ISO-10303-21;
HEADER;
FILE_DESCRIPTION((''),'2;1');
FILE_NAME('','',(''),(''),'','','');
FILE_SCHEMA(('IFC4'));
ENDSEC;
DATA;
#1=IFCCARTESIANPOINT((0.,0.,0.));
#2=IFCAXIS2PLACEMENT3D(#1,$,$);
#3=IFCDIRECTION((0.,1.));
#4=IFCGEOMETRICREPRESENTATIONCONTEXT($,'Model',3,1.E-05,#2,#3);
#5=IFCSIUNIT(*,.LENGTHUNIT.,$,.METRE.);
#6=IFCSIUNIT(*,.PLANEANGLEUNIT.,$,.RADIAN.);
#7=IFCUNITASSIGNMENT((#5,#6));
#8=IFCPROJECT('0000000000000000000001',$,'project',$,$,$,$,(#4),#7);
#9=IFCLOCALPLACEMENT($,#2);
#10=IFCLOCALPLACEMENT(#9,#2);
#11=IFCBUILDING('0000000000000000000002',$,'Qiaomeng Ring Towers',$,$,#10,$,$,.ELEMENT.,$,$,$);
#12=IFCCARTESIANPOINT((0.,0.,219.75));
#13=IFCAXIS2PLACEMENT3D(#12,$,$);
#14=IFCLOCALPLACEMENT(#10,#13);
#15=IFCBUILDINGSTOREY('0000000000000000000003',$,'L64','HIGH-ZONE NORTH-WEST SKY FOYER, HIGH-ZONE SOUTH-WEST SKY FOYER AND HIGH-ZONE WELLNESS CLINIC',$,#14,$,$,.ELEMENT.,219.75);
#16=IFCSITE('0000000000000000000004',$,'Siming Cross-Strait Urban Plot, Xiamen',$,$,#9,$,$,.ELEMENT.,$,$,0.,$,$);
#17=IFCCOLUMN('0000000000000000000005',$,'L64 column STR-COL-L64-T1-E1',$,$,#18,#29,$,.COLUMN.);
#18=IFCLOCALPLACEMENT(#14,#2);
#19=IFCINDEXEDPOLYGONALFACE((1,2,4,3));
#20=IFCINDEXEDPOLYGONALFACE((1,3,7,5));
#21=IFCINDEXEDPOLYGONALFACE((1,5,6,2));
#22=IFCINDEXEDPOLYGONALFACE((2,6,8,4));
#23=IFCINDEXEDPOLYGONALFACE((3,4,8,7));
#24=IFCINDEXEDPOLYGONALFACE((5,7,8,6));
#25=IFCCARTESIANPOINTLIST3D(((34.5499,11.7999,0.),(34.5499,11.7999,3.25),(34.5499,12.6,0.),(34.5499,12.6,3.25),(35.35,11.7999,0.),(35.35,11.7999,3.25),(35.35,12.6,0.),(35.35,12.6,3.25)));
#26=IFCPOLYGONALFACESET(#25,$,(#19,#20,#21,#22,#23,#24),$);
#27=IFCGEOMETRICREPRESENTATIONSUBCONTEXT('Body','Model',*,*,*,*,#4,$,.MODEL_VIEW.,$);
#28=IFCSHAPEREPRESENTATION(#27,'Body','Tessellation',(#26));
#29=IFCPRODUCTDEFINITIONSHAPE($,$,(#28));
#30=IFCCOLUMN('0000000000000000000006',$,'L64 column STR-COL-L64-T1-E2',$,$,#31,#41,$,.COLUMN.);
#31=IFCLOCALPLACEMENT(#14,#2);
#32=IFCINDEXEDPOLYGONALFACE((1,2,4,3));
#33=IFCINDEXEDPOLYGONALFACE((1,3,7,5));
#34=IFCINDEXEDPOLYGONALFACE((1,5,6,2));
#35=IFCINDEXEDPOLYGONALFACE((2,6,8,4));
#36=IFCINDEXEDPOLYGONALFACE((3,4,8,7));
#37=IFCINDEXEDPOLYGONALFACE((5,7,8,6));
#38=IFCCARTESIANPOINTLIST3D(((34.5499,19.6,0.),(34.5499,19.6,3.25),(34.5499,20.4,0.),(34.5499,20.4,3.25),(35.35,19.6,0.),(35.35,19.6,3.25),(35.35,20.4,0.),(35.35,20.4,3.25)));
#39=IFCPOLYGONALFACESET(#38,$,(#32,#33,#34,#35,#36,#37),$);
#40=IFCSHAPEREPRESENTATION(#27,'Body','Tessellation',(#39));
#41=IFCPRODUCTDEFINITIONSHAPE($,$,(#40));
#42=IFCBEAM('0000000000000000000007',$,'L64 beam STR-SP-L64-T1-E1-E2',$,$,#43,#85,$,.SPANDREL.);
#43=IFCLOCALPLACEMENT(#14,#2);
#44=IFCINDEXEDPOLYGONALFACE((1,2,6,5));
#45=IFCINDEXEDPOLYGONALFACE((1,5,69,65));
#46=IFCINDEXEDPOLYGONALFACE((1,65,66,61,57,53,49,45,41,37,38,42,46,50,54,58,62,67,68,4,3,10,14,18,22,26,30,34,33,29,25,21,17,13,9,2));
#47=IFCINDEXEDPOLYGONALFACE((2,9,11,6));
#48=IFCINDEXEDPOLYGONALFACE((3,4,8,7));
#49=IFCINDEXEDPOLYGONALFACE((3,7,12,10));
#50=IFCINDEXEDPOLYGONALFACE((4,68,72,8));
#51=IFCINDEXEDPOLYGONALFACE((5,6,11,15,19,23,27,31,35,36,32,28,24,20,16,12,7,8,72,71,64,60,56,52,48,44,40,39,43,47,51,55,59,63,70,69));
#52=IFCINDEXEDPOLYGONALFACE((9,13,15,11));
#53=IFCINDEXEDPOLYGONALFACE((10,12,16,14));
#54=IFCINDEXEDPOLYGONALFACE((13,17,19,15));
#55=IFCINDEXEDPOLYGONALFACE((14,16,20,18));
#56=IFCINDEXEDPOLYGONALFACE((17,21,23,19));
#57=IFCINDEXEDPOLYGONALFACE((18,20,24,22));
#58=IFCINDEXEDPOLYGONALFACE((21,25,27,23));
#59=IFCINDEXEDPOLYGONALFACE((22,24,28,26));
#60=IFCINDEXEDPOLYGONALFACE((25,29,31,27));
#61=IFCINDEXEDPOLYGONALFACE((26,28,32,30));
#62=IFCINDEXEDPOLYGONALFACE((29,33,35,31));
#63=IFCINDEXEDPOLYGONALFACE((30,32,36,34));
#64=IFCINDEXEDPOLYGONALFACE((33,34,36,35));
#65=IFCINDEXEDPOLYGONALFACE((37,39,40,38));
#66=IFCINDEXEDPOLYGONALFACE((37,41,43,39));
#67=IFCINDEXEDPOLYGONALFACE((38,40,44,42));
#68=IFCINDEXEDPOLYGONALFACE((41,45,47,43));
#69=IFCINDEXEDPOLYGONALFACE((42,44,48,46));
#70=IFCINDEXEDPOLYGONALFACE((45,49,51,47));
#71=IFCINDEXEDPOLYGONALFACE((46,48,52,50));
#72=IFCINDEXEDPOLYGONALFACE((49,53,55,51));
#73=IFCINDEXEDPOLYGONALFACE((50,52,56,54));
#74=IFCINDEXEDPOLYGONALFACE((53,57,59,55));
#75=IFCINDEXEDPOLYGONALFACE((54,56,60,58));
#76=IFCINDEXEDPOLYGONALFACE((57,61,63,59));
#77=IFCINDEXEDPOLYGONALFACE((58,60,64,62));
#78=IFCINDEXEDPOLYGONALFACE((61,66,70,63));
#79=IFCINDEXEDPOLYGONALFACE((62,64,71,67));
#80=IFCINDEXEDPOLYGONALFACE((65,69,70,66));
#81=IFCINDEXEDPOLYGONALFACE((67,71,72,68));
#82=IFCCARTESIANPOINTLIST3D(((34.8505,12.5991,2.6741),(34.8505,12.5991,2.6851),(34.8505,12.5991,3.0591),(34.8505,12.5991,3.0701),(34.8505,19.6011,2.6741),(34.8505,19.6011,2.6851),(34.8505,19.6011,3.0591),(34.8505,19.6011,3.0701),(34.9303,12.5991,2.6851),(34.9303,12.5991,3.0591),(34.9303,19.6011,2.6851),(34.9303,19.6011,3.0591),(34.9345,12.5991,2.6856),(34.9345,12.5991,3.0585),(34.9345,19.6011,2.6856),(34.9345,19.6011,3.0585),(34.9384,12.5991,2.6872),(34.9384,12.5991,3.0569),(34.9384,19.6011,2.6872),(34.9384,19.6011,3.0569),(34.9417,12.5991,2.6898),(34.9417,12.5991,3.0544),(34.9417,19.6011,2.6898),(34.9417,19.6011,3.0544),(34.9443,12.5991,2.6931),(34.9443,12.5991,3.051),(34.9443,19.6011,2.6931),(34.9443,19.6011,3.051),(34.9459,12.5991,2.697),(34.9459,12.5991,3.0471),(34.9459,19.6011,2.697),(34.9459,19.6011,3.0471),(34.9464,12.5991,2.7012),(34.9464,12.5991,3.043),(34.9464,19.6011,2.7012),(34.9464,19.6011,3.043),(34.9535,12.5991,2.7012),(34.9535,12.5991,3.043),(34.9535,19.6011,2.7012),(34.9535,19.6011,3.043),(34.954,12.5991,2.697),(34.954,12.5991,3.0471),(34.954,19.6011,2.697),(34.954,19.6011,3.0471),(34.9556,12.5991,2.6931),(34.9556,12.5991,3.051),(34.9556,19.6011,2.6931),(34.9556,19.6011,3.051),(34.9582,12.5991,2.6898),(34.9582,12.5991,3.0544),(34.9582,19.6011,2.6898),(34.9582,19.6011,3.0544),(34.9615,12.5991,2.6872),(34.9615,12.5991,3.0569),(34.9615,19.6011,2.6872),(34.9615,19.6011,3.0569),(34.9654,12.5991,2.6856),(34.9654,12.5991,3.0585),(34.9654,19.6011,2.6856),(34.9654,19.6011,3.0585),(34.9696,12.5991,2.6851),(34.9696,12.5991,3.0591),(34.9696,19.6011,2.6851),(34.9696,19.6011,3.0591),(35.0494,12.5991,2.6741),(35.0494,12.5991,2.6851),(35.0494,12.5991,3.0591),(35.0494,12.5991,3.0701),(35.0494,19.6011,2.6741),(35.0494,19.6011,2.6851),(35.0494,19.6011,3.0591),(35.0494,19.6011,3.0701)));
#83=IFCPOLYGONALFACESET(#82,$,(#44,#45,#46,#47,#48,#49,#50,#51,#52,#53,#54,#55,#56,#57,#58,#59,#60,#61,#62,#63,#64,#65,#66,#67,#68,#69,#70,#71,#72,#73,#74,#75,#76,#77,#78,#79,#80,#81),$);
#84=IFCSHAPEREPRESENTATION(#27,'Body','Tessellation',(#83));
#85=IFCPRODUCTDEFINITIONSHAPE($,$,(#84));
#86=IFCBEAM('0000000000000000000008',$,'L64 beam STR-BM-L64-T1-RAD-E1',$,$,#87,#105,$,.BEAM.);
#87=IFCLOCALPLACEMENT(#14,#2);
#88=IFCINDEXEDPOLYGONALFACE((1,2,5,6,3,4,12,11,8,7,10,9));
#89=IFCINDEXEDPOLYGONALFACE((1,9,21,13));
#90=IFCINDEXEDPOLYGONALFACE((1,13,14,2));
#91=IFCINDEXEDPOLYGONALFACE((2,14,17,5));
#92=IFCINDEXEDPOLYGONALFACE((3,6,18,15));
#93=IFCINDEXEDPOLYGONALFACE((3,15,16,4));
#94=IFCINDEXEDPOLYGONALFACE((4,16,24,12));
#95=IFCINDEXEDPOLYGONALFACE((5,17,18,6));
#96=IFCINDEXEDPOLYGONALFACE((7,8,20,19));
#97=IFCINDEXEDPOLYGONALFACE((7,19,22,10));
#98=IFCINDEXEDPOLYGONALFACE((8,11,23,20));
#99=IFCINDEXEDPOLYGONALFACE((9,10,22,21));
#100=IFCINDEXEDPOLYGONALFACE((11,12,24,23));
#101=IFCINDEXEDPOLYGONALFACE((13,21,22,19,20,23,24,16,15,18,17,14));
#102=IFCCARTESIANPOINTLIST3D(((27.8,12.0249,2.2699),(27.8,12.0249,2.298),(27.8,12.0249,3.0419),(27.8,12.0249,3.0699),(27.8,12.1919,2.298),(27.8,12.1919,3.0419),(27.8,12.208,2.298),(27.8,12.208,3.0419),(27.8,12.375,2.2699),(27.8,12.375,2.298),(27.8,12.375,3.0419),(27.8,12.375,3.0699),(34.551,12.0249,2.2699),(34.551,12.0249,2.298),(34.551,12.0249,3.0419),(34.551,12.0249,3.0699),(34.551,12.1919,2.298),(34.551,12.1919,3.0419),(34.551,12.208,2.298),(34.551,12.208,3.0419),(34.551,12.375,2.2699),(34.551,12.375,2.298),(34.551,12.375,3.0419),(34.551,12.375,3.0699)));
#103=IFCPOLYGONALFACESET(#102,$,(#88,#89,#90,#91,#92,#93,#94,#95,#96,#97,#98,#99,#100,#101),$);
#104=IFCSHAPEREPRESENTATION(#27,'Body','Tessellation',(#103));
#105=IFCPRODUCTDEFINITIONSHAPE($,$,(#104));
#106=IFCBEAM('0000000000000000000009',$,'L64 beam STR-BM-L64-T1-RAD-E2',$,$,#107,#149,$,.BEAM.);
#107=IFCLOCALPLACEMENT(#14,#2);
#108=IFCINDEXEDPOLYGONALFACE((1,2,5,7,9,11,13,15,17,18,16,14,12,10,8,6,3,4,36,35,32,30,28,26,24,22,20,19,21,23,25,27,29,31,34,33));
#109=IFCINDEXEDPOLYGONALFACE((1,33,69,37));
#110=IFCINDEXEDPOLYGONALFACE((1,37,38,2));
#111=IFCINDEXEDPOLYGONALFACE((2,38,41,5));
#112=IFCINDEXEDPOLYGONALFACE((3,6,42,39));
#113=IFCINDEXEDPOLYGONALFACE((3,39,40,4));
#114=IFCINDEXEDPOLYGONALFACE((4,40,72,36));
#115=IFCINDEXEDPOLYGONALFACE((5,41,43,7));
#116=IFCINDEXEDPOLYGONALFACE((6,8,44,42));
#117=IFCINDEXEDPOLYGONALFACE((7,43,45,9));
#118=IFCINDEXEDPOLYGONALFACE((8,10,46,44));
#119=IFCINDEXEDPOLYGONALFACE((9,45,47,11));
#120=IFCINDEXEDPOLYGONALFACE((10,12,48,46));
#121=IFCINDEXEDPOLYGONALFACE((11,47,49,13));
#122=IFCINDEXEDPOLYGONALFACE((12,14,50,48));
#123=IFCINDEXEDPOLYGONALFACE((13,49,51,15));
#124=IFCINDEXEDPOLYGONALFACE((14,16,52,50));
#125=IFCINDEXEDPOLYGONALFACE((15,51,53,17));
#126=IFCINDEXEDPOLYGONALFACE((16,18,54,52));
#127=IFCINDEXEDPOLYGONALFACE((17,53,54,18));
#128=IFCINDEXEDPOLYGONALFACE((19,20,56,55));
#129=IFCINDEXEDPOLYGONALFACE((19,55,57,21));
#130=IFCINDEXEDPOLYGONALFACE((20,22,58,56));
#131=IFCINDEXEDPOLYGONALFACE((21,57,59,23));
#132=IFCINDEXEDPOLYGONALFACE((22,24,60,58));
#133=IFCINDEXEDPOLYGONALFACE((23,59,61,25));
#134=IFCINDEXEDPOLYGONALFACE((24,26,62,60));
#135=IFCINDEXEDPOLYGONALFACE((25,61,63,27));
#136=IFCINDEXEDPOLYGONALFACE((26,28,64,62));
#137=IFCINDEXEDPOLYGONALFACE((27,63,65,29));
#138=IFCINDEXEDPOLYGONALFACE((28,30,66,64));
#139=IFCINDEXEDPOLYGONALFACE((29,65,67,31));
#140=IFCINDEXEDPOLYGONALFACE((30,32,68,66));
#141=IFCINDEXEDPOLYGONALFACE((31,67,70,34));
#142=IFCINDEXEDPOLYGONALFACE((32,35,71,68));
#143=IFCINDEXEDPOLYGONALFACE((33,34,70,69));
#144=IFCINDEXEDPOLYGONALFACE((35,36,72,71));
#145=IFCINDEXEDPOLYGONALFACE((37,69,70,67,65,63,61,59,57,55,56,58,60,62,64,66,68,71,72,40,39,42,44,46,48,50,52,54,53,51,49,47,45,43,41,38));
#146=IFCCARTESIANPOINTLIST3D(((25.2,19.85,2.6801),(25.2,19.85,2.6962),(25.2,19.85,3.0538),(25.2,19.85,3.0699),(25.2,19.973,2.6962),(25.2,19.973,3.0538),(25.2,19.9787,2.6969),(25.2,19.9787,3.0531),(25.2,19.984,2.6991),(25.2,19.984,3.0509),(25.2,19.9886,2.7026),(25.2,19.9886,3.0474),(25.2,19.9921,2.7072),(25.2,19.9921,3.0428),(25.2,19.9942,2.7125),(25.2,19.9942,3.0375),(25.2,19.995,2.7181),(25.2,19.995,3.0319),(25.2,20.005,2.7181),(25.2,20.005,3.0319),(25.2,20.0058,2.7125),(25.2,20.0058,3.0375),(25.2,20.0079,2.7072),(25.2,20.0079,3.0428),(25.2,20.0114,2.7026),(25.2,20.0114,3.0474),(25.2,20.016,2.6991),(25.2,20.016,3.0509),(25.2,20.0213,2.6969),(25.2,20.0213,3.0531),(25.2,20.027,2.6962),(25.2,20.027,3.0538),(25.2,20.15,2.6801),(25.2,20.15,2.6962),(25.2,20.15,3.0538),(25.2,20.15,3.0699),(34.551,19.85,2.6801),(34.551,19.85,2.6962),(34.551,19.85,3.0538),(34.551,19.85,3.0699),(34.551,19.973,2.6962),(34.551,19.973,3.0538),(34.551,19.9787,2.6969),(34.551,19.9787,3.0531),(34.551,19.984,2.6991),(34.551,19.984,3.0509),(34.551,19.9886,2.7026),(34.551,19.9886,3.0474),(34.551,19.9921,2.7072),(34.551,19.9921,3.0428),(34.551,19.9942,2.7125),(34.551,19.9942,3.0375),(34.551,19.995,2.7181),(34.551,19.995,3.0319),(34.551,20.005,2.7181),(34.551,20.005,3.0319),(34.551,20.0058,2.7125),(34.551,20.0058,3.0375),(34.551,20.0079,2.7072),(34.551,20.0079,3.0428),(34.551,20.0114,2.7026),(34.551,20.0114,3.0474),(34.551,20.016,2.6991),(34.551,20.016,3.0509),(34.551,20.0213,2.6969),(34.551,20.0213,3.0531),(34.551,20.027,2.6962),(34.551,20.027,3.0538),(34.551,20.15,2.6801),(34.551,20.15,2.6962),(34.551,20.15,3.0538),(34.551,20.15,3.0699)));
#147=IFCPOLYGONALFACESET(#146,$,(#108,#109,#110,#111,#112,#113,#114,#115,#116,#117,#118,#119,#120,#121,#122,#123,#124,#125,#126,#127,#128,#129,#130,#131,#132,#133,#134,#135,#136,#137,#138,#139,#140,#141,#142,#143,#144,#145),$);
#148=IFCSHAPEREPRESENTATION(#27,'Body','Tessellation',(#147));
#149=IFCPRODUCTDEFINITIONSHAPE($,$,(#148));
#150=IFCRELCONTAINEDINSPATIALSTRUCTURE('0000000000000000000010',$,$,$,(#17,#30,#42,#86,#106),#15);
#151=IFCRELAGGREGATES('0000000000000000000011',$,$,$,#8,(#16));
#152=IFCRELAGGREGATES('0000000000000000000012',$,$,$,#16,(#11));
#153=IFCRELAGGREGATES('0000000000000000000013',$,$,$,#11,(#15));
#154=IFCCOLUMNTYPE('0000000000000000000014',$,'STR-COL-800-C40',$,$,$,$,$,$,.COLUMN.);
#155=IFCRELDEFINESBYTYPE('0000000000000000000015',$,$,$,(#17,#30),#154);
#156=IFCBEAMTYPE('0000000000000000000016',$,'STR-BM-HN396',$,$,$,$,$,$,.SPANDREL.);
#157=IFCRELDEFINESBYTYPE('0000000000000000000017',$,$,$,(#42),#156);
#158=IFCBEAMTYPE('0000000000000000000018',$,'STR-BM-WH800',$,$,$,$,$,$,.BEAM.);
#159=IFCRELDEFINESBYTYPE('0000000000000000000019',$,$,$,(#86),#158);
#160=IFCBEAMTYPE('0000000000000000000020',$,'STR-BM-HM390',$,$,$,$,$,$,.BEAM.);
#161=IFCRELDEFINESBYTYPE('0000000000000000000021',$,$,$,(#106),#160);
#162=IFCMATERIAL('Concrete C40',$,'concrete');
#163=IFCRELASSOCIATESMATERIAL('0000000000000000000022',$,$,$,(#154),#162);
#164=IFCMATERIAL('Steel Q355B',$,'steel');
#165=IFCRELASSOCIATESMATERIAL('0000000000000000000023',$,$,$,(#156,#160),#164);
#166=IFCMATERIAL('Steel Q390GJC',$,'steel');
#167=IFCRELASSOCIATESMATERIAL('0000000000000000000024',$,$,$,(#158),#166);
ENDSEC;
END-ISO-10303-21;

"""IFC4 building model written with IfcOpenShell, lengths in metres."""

from ifc_helpers import new_model, si_unit, direction, frame, origin, origin_2d, place, context, subcontext, project, spatial, rectangle, i_section, extrude, source, transform, mapped, material, material_profile, profile_set, type_object, element, save


model = new_model("IFC4")

# Units and contexts
model_context = context("Model", 3, precision=1e-05, world=origin(), true_north=direction((0.0, 1.0)))
body_context = subcontext(model_context, "Body", "Model", "MODEL_VIEW")
ifc_project = project(units=[si_unit("LENGTHUNIT", "METRE"), si_unit("PLANEANGLEUNIT", "RADIAN")], contexts=[model_context])

# Site, building, storey
site_placement = place(None, origin())
site = spatial("IfcSite", under=ifc_project, at=site_placement, Name="Siming Cross-Strait Urban Plot, Xiamen", CompositionType="ELEMENT", RefElevation=0.0)
building_placement = place(site_placement, origin())
building = spatial("IfcBuilding", under=site, at=building_placement, Name="Qiaomeng Ring Towers", CompositionType="ELEMENT")
storey_placement = place(building_placement, frame((0.0, 0.0, 219.75)))
storey = spatial("IfcBuildingStorey", under=building, at=storey_placement, Name="L64", Description="HIGH-ZONE NORTH-WEST SKY FOYER, HIGH-ZONE SOUTH-WEST SKY FOYER AND HIGH-ZONE WELLNESS CLINIC", CompositionType="ELEMENT", Elevation=219.75)

# Columns
ifc_material_1 = material(Name="Concrete C40", Category="concrete")
ifc_material_profile_1 = material_profile(ifc_material_1, rectangle(XDim=0.8, YDim=0.8, at=origin_2d()), Name="RC COL 800x800")
ifc_profile_set_1 = profile_set([ifc_material_profile_1], Name="Concrete C40")
column_type = type_object("IfcColumnType", Name="STR-COL-800-C40", PredefinedType="COLUMN", material=ifc_profile_set_1)
shared_shape_1 = source(origin(), body_context, "Body", "SweptSolid", [
    extrude(rectangle(XDim=0.8, YDim=0.8, at=origin_2d()), origin(), (0.0, 0.0, 1.0), 3.25),
])
for number, where, z_axis, x_axis, name in (
    (1, (34.95, 12.2, 0.0), (0.0, 0.0, 1.0), (1.0, 0.0, 0.0), "L64 column STR-COL-L64-T1-E1"),
    (2, (34.95, 20.0, 0.0), (0.0, 0.0, 1.0), (1.0, 0.0, 0.0), "L64 column STR-COL-L64-T1-E2"),
):
    element("IfcColumn", number, at=place(storey_placement, frame(where, z_axis=z_axis, x_axis=x_axis)), inside=storey, type_object=column_type, Name=name, PredefinedType="COLUMN", context=body_context, shape_type="MappedRepresentation", body=[
        mapped(shared_shape_1, transform((0.0, 0.0, 0.0), x_axis=(1.0, 0.0, 0.0), y_axis=(0.0, 1.0, 0.0), z_axis=(0.0, 0.0, 1.0), scale=1.0)),
    ])

# Beams
ifc_material_2 = material(Name="Steel Q355B", Category="steel")
ifc_material_profile_2 = material_profile(ifc_material_2, i_section(OverallWidth=0.199, OverallDepth=0.396, WebThickness=0.0071, FlangeThickness=0.011, FilletRadius=0.0161, at=origin_2d()), Name="HN 396x199x7x11")
ifc_profile_set_2 = profile_set([ifc_material_profile_2], Name="Steel Q355B")
beam_type_1 = type_object("IfcBeamType", Name="STR-BM-HN396", PredefinedType="SPANDREL", material=ifc_profile_set_2)
shared_shape_2 = source(origin(), body_context, "Body", "SweptSolid", [
    extrude(i_section(OverallWidth=0.199, OverallDepth=0.396, WebThickness=0.0071, FlangeThickness=0.011, FilletRadius=0.0161, at=origin_2d()), origin(), (0.0, 0.0, 1.0), 7.002),
])
beam_1_placement = place(storey_placement, frame((34.95, 12.5991, 2.8721), z_axis=(0.0, 1.0, 0.0), x_axis=(-1.0, 0.0, 0.0)))
element("IfcBeam", 3, at=beam_1_placement, inside=storey, type_object=beam_type_1, Name="L64 beam STR-SP-L64-T1-E1-E2", PredefinedType="SPANDREL", context=body_context, shape_type="MappedRepresentation", body=[
    mapped(shared_shape_2, transform((0.0, 0.0, 0.0), x_axis=(1.0, 0.0, 0.0), y_axis=(0.0, 1.0, 0.0), z_axis=(0.0, 0.0, 1.0), scale=1.0)),
])
ifc_material_3 = material(Name="Steel Q390GJC", Category="steel")
ifc_material_profile_3 = material_profile(ifc_material_3, i_section(OverallWidth=0.3501, OverallDepth=0.8, WebThickness=0.0161, FlangeThickness=0.0281, at=origin_2d()), Name="WH 800x350x16x28")
ifc_profile_set_3 = profile_set([ifc_material_profile_3], Name="Steel Q390GJC")
beam_type_2 = type_object("IfcBeamType", Name="STR-BM-WH800", PredefinedType="BEAM", material=ifc_profile_set_3)
shared_shape_3 = source(origin(), body_context, "Body", "SweptSolid", [
    extrude(i_section(OverallWidth=0.3501, OverallDepth=0.8, WebThickness=0.0161, FlangeThickness=0.0281, at=origin_2d()), origin(), (0.0, 0.0, 1.0), 6.751),
])
beam_2_placement = place(storey_placement, frame((27.8, 12.2, 2.6699), z_axis=(1.0, 0.0, 0.0), x_axis=(0.0, 1.0, 0.0)))
element("IfcBeam", 4, at=beam_2_placement, inside=storey, type_object=beam_type_2, Name="L64 beam STR-BM-L64-T1-RAD-E1", PredefinedType="BEAM", context=body_context, shape_type="MappedRepresentation", body=[
    mapped(shared_shape_3, transform((0.0, 0.0, 0.0), x_axis=(1.0, 0.0, 0.0), y_axis=(0.0, 1.0, 0.0), z_axis=(0.0, 0.0, 1.0), scale=1.0)),
])
ifc_material_profile_4 = material_profile(ifc_material_2, i_section(OverallWidth=0.3, OverallDepth=0.3899, WebThickness=0.01, FlangeThickness=0.0161, FilletRadius=0.022, at=origin_2d()), Name="HM 390x300x10x16")
ifc_profile_set_4 = profile_set([ifc_material_profile_4], Name="Steel Q355B")
beam_type_3 = type_object("IfcBeamType", Name="STR-BM-HM390", PredefinedType="BEAM", material=ifc_profile_set_4)
shared_shape_4 = source(origin(), body_context, "Body", "SweptSolid", [
    extrude(i_section(OverallWidth=0.3, OverallDepth=0.3899, WebThickness=0.01, FlangeThickness=0.0161, FilletRadius=0.022, at=origin_2d()), origin(), (0.0, 0.0, 1.0), 9.3511),
])
beam_3_placement = place(storey_placement, frame((25.2, 20.0, 2.875), z_axis=(1.0, 0.0, 0.0), x_axis=(0.0, 1.0, 0.0)))
element("IfcBeam", 5, at=beam_3_placement, inside=storey, type_object=beam_type_3, Name="L64 beam STR-BM-L64-T1-RAD-E2", PredefinedType="BEAM", context=body_context, shape_type="MappedRepresentation", body=[
    mapped(shared_shape_4, transform((0.0, 0.0, 0.0), x_axis=(1.0, 0.0, 0.0), y_axis=(0.0, 1.0, 0.0), z_axis=(0.0, 0.0, 1.0), scale=1.0)),
])

save(model, "model.ifc")
